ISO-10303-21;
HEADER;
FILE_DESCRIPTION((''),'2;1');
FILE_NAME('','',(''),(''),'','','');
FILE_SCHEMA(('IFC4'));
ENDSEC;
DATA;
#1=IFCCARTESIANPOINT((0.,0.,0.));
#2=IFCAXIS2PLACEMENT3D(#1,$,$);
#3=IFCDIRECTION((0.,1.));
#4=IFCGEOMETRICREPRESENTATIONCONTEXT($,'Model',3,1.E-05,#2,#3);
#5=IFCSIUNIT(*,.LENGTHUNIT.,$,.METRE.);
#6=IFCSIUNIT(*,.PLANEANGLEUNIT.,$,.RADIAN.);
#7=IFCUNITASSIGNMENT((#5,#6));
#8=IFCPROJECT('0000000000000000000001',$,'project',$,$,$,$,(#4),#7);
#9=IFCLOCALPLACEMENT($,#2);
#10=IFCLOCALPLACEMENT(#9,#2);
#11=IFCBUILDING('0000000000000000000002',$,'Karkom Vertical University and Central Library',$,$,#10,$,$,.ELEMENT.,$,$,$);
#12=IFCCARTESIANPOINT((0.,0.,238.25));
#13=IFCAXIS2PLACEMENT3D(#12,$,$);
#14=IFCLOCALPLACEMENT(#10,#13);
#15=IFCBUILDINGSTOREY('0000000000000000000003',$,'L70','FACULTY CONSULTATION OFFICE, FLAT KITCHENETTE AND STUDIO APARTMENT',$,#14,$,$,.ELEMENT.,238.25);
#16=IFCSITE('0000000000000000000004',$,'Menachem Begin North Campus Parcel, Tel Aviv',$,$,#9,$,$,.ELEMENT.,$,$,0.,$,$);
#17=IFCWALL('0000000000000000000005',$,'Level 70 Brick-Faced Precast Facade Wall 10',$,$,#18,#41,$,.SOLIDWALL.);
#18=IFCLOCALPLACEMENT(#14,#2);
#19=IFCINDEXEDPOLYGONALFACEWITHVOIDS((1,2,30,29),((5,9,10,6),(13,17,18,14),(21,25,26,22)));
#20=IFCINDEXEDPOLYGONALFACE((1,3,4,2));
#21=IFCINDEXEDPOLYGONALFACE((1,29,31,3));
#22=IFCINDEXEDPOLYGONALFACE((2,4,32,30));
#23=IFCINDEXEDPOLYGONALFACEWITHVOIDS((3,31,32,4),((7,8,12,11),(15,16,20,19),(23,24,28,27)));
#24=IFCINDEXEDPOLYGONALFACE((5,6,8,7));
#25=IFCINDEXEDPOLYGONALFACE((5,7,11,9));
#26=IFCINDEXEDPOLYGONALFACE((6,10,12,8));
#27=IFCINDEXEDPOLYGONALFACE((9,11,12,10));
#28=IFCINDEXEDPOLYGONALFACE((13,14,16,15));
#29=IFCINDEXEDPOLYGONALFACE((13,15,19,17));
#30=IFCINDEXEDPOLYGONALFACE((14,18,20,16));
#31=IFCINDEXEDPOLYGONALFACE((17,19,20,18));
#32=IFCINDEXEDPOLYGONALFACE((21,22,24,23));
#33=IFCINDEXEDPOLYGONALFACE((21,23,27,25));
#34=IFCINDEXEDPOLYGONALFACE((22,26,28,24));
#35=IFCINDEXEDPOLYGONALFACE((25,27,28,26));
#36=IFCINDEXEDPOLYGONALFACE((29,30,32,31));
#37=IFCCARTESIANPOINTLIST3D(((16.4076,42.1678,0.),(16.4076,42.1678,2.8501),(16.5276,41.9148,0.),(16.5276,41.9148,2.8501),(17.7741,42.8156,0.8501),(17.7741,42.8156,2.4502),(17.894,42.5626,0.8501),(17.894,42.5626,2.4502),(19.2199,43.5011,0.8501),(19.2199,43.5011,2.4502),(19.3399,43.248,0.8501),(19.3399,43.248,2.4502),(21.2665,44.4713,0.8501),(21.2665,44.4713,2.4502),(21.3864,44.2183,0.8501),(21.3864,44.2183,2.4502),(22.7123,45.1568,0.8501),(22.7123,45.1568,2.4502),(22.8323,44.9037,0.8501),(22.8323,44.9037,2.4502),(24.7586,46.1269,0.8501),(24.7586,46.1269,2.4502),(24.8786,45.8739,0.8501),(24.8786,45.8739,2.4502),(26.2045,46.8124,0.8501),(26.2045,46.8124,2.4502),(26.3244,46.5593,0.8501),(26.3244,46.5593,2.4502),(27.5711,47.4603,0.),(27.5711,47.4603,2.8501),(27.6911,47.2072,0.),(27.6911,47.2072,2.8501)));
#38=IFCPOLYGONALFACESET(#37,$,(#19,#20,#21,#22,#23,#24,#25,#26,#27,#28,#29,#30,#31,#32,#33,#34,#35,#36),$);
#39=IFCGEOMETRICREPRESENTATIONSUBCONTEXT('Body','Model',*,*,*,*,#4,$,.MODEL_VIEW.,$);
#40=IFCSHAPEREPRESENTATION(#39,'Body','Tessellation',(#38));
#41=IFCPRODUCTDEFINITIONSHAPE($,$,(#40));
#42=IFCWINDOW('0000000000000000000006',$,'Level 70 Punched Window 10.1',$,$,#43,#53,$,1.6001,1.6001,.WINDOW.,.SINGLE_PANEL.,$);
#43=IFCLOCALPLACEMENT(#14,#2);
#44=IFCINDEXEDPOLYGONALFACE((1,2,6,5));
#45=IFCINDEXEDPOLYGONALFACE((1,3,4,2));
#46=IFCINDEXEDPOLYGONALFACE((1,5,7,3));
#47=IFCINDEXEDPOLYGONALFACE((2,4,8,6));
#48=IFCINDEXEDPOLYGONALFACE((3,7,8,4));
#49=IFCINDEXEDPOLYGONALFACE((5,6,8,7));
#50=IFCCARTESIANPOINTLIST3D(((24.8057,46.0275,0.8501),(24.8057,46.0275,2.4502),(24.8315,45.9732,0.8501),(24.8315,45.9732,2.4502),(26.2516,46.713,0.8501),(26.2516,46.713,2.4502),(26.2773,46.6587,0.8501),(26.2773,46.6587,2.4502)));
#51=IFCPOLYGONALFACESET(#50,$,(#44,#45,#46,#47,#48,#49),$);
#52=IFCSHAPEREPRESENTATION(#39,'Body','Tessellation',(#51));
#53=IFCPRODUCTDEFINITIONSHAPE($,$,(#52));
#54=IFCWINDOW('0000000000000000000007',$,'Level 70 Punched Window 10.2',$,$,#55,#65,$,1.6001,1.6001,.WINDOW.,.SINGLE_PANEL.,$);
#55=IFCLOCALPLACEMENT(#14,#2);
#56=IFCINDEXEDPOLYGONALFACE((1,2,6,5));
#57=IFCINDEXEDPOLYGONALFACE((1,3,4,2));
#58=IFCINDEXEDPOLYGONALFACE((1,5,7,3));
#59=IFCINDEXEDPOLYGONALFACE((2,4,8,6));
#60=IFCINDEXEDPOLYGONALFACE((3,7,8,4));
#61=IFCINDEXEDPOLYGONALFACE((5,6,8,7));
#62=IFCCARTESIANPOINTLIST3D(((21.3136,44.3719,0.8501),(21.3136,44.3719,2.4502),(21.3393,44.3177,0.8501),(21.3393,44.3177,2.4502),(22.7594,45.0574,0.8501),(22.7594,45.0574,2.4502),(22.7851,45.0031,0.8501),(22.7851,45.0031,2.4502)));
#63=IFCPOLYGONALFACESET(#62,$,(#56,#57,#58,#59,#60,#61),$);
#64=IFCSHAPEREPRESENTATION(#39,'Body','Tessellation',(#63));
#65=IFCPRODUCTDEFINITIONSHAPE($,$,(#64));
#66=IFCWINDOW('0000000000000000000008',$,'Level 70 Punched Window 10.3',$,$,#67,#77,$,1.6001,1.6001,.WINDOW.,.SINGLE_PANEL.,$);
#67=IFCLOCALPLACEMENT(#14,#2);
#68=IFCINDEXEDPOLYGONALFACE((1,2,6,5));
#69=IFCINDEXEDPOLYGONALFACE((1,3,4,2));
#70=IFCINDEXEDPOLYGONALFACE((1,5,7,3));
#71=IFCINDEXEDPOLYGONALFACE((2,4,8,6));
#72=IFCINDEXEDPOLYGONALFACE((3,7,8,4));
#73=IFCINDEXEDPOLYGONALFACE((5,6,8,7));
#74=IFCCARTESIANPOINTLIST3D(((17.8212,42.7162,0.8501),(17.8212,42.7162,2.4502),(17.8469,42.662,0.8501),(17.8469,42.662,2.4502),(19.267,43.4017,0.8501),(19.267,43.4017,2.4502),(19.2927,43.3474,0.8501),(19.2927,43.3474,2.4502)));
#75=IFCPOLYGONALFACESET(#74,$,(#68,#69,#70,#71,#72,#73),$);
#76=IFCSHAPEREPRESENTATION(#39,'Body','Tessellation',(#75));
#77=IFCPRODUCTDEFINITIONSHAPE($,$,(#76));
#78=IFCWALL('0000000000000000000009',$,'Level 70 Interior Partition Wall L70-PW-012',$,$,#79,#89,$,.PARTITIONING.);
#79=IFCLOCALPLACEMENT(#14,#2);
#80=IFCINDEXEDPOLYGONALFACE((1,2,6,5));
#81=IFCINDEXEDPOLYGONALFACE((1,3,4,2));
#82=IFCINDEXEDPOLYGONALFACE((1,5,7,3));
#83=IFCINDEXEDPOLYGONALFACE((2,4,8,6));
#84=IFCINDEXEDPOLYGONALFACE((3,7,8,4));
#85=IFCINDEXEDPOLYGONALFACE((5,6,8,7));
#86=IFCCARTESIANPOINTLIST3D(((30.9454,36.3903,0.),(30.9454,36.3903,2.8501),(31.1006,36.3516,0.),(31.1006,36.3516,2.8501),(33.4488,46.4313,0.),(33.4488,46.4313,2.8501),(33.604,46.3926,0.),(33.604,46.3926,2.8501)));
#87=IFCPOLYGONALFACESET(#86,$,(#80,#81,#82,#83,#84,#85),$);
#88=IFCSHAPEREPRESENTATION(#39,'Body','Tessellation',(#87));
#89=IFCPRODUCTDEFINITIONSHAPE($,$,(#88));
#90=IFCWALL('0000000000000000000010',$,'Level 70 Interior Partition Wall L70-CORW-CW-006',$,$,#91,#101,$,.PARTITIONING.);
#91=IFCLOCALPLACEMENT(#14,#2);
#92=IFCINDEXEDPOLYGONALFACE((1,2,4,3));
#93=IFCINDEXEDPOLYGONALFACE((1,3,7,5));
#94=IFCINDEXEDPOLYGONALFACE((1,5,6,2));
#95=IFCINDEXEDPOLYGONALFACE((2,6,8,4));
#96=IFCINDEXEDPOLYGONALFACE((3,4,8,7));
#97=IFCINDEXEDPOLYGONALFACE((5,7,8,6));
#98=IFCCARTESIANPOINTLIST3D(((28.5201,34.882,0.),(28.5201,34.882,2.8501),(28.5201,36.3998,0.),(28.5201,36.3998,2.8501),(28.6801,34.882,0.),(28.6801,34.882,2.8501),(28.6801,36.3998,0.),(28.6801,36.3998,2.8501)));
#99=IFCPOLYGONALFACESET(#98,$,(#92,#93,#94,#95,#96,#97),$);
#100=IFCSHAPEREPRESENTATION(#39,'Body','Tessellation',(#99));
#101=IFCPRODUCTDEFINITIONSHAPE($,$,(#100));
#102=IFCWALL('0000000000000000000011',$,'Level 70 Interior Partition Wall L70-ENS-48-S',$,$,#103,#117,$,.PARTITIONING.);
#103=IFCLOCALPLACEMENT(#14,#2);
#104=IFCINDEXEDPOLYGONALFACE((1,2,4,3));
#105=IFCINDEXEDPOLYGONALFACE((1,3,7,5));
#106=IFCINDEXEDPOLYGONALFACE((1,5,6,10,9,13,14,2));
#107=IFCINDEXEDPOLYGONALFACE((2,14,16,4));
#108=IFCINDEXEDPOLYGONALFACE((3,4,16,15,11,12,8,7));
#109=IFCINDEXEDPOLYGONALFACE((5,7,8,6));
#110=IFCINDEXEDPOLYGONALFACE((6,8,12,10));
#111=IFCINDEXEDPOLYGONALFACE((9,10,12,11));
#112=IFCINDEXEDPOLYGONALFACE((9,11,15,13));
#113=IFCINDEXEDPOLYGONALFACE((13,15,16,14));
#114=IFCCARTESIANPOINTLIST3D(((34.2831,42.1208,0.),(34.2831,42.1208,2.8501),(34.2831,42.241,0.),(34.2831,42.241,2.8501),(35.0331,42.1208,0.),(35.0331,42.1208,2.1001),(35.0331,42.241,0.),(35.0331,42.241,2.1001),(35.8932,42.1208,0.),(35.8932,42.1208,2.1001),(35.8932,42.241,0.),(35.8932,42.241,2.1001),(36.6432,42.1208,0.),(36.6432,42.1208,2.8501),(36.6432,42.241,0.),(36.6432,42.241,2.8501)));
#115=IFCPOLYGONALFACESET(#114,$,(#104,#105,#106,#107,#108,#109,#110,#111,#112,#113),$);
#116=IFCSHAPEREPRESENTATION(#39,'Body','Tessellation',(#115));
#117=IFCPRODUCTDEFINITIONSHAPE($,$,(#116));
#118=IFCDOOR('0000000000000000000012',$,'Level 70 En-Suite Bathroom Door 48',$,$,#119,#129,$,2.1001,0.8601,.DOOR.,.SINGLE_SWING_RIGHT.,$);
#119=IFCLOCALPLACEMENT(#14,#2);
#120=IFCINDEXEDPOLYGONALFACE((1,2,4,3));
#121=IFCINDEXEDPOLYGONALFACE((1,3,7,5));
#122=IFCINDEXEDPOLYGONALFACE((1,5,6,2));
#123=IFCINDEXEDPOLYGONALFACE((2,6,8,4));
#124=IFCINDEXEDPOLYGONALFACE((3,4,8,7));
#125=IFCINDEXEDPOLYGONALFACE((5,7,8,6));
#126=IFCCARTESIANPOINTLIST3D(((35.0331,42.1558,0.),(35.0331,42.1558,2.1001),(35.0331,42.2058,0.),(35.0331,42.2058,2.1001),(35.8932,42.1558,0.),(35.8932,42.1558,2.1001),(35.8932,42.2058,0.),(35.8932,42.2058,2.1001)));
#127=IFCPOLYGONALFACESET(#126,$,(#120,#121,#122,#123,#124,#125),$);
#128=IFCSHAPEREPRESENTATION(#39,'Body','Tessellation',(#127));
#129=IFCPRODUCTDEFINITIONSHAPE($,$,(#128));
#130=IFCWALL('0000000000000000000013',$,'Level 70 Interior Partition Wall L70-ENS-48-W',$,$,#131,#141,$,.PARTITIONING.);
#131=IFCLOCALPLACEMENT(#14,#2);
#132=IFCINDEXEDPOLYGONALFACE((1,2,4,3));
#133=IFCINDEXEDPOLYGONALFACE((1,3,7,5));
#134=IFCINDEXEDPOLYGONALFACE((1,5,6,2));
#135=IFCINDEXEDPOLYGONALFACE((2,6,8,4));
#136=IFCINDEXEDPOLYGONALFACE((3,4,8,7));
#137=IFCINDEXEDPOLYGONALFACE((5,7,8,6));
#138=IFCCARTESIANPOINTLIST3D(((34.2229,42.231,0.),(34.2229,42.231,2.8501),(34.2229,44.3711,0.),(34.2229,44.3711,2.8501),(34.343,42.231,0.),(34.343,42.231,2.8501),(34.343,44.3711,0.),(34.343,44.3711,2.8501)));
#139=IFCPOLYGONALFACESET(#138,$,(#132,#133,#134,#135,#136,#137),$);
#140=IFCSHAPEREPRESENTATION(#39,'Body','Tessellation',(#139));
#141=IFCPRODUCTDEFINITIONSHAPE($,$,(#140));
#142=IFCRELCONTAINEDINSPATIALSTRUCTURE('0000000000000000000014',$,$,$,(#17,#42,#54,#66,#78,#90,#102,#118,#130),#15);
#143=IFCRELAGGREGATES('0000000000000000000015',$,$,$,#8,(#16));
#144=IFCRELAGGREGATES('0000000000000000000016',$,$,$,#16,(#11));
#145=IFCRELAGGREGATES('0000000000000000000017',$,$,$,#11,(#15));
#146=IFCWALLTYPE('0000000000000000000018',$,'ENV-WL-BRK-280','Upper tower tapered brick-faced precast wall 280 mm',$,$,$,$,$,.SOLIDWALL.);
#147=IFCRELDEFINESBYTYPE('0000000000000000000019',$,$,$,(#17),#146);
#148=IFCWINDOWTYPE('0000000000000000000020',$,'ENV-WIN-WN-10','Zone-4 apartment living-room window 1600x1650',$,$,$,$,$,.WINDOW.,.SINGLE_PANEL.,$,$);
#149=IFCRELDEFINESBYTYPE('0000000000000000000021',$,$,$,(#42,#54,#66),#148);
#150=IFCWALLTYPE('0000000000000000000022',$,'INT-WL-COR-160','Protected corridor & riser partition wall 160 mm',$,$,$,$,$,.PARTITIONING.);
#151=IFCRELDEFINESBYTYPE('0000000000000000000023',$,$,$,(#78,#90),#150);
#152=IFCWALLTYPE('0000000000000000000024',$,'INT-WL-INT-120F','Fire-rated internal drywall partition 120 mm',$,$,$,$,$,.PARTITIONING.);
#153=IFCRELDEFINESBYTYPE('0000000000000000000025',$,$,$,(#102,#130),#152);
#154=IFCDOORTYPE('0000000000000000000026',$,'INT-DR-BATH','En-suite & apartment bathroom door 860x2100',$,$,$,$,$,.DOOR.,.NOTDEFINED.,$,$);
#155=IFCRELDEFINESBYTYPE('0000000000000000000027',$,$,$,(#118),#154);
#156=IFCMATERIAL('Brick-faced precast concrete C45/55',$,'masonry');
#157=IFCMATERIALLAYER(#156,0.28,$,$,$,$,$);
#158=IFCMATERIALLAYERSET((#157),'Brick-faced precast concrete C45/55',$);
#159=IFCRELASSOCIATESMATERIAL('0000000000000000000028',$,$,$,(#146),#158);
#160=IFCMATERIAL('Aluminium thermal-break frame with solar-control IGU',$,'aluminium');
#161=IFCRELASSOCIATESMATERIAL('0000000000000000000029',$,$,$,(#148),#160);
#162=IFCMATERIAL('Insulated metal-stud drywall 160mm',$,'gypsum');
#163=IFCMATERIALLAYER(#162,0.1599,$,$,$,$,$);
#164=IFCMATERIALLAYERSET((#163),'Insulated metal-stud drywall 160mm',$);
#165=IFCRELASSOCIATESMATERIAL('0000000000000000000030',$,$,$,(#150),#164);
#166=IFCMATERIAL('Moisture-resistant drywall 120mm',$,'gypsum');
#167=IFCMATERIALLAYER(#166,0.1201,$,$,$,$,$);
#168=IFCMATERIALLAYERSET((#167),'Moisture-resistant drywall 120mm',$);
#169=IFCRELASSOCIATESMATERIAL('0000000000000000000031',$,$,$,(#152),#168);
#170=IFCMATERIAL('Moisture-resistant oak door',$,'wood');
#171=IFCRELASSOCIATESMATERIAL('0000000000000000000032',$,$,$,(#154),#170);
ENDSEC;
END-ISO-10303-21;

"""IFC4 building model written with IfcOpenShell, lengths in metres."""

from ifc_helpers import new_model, si_unit, direction, frame, frame_2d, origin, origin_with_axes, place, context, subcontext, project, spatial, rectangle, extrude, source, transform, mapped, material, layer, layer_set, type_object, element, fill, save


model = new_model("IFC4")

# Units and contexts
model_context = context("Model", 3, precision=1e-05, world=origin(), true_north=direction((0.0, 1.0)))
body_context = subcontext(model_context, "Body", "Model", "MODEL_VIEW")
ifc_project = project(units=[si_unit("LENGTHUNIT", "METRE"), si_unit("PLANEANGLEUNIT", "RADIAN")], contexts=[model_context])

# Site, building, storey
site_placement = place(None, origin())
site = spatial("IfcSite", under=ifc_project, at=site_placement, Name="Menachem Begin North Campus Parcel, Tel Aviv", CompositionType="ELEMENT", RefElevation=0.0)
building_placement = place(site_placement, origin())
building = spatial("IfcBuilding", under=site, at=building_placement, Name="Karkom Vertical University and Central Library", CompositionType="ELEMENT")
storey_placement = place(building_placement, frame((0.0, 0.0, 238.25)))
storey = spatial("IfcBuildingStorey", under=building, at=storey_placement, Name="L70", Description="FACULTY CONSULTATION OFFICE, FLAT KITCHENETTE AND STUDIO APARTMENT", CompositionType="ELEMENT", Elevation=238.25)

# Wall, openings, windows
ifc_material_1 = material(Name="Brick-faced precast concrete C45/55", Category="masonry")
ifc_layer_1 = layer(ifc_material_1, 0.28)
ifc_layer_set_1 = layer_set([ifc_layer_1], Name="Brick-faced precast concrete C45/55")
wall_type_1 = type_object("IfcWallType", Name="ENV-WL-BRK-280", Description="Upper tower tapered brick-faced precast wall 280 mm", PredefinedType="SOLIDWALL", material=ifc_layer_set_1)
wall_1_placement = place(storey_placement, frame((27.6311, 47.3337, 0.0), z_axis=(0.0, 0.0, 1.0), x_axis=(-0.903598, -0.428382, 0.0)))
wall_1 = element("IfcWall", 1, at=wall_1_placement, inside=storey, type_object=wall_type_1, Name="Level 70 Brick-Faced Precast Facade Wall 10", PredefinedType="SOLIDWALL", context=body_context, shape_type="SweptSolid", body=[
    extrude(rectangle(XDim=12.3545, YDim=0.28, at=frame_2d((6.1772, 0.0))), origin(), (0.0, 0.0, 1.0), 2.8501),
])
opening_1_placement = place(wall_1_placement, frame((1.5125, 0.0, 0.8501)))
opening_1 = element("IfcOpeningElement", 2, at=opening_1_placement, cuts=wall_1, PredefinedType="OPENING", context=body_context, shape_type="SweptSolid", body=[
    extrude(rectangle(XDim=1.6001, YDim=1.6001, at=frame_2d((0.8, 0.8))), frame((0.0, 0.1499, 0.0), z_axis=(0.0, -1.0, 0.0), x_axis=(1.0, 0.0, 0.0)), (0.0, 0.0, 1.0), 0.3),
])
opening_2_placement = place(wall_1_placement, frame((5.3772, 0.0, 0.8501)))
opening_2 = element("IfcOpeningElement", 3, at=opening_2_placement, cuts=wall_1, PredefinedType="OPENING", context=body_context, shape_type="SweptSolid", body=[
    extrude(rectangle(XDim=1.6001, YDim=1.6001, at=frame_2d((0.8, 0.8))), frame((0.0, 0.1499, 0.0), z_axis=(0.0, -1.0, 0.0), x_axis=(1.0, 0.0, 0.0)), (0.0, 0.0, 1.0), 0.3),
])
opening_3_placement = place(wall_1_placement, frame((9.2422, 0.0, 0.8501)))
opening_3 = element("IfcOpeningElement", 4, at=opening_3_placement, cuts=wall_1, PredefinedType="OPENING", context=body_context, shape_type="SweptSolid", body=[
    extrude(rectangle(XDim=1.6001, YDim=1.6001, at=frame_2d((0.8, 0.8))), frame((0.0, 0.1499, 0.0), z_axis=(0.0, -1.0, 0.0), x_axis=(1.0, 0.0, 0.0)), (0.0, 0.0, 1.0), 0.3),
])
ifc_material_2 = material(Name="Aluminium thermal-break frame with solar-control IGU", Category="aluminium")
window_type = type_object("IfcWindowType", Name="ENV-WIN-WN-10", Description="Zone-4 apartment living-room window 1600x1650", PartitioningType="SINGLE_PANEL", PredefinedType="WINDOW", material=ifc_material_2)
shared_shape_1 = source(origin_with_axes(), body_context, "Body", "SweptSolid", [
    extrude(rectangle(XDim=1.6001, YDim=1.6001, at=frame_2d((0.8, 0.8))), frame((0.0, 0.03, 0.0), z_axis=(0.0, -1.0, 0.0), x_axis=(1.0, 0.0, 0.0)), (0.0, 0.0, 1.0), 0.0601),
])
window_1_placement = place(opening_1_placement, origin())
window_1 = element("IfcWindow", 5, at=window_1_placement, inside=storey, type_object=window_type, Name="Level 70 Punched Window 10.1", OverallHeight=1.6001, OverallWidth=1.6001, PartitioningType="SINGLE_PANEL", PredefinedType="WINDOW", context=body_context, shape_type="MappedRepresentation", body=[
    mapped(shared_shape_1, transform((0.0, 0.0, 0.0), scale=1.0)),
])
fill(opening_1, window_1)
window_2_placement = place(opening_2_placement, origin())
window_2 = element("IfcWindow", 6, at=window_2_placement, inside=storey, type_object=window_type, Name="Level 70 Punched Window 10.2", OverallHeight=1.6001, OverallWidth=1.6001, PartitioningType="SINGLE_PANEL", PredefinedType="WINDOW", context=body_context, shape_type="MappedRepresentation", body=[
    mapped(shared_shape_1, transform((0.0, 0.0, 0.0), scale=1.0)),
])
fill(opening_2, window_2)
window_3_placement = place(opening_3_placement, origin())
window_3 = element("IfcWindow", 7, at=window_3_placement, inside=storey, type_object=window_type, Name="Level 70 Punched Window 10.3", OverallHeight=1.6001, OverallWidth=1.6001, PartitioningType="SINGLE_PANEL", PredefinedType="WINDOW", context=body_context, shape_type="MappedRepresentation", body=[
    mapped(shared_shape_1, transform((0.0, 0.0, 0.0), scale=1.0)),
])
fill(opening_3, window_3)

# Wall
ifc_material_3 = material(Name="Insulated metal-stud drywall 160mm", Category="gypsum")
ifc_layer_2 = layer(ifc_material_3, 0.1599)
ifc_layer_set_2 = layer_set([ifc_layer_2], Name="Insulated metal-stud drywall 160mm")
wall_type_2 = type_object("IfcWallType", Name="INT-WL-COR-160", Description="Protected corridor & riser partition wall 160 mm", PredefinedType="PARTITIONING", material=ifc_layer_set_2)
wall_2_placement = place(storey_placement, frame((31.0229, 36.3708, 0.0), z_axis=(0.0, 0.0, 1.0), x_axis=(0.241914, 0.970298, 0.0)))
element("IfcWall", 8, at=wall_2_placement, inside=storey, type_object=wall_type_2, Name="Level 70 Interior Partition Wall L70-PW-012", PredefinedType="PARTITIONING", context=body_context, shape_type="SweptSolid", body=[
    extrude(rectangle(XDim=10.3484, YDim=0.1599, at=frame_2d((5.1743, 0.0))), origin(), (0.0, 0.0, 1.0), 2.8501),
])

# Wall
wall_3_placement = place(storey_placement, frame((28.6001, 34.8821, 0.0), z_axis=(0.0, 0.0, 1.0), x_axis=(0.0, 1.0, 0.0)))
element("IfcWall", 9, at=wall_3_placement, inside=storey, type_object=wall_type_2, Name="Level 70 Interior Partition Wall L70-CORW-CW-006", PredefinedType="PARTITIONING", context=body_context, shape_type="SweptSolid", body=[
    extrude(rectangle(XDim=1.5178, YDim=0.1599, at=frame_2d((0.7588, 0.0))), origin(), (0.0, 0.0, 1.0), 2.8501),
])

# Wall, opening, door
ifc_material_4 = material(Name="Moisture-resistant drywall 120mm", Category="gypsum")
ifc_layer_3 = layer(ifc_material_4, 0.1201)
ifc_layer_set_3 = layer_set([ifc_layer_3], Name="Moisture-resistant drywall 120mm")
wall_type_3 = type_object("IfcWallType", Name="INT-WL-INT-120F", Description="Fire-rated internal drywall partition 120 mm", PredefinedType="PARTITIONING", material=ifc_layer_set_3)
wall_4_placement = place(storey_placement, frame((34.283, 42.1809, 0.0), z_axis=(0.0, 0.0, 1.0), x_axis=(1.0, 0.0, 0.0)))
wall_4 = element("IfcWall", 10, at=wall_4_placement, inside=storey, type_object=wall_type_3, Name="Level 70 Interior Partition Wall L70-ENS-48-S", PredefinedType="PARTITIONING", context=body_context, shape_type="SweptSolid", body=[
    extrude(rectangle(XDim=2.3601, YDim=0.1201, at=frame_2d((1.1802, 0.0))), origin(), (0.0, 0.0, 1.0), 2.8501),
])
opening_4_placement = place(wall_4_placement, frame((0.75, 0.0, 0.0)))
opening_4 = element("IfcOpeningElement", 11, at=opening_4_placement, cuts=wall_4, PredefinedType="OPENING", context=body_context, shape_type="SweptSolid", body=[
    extrude(rectangle(XDim=0.8601, YDim=2.1001, at=frame_2d((0.4302, 1.05))), frame((0.0, 0.0701, 0.0), z_axis=(0.0, -1.0, 0.0), x_axis=(1.0, 0.0, 0.0)), (0.0, 0.0, 1.0), 0.1401),
])
ifc_material_5 = material(Name="Moisture-resistant oak door", Category="wood")
door_type_1 = type_object("IfcDoorType", Name="INT-DR-BATH", Description="En-suite & apartment bathroom door 860x2100", OperationType="NOTDEFINED", PredefinedType="DOOR", material=ifc_material_5)
shared_shape_2 = source(origin_with_axes(), body_context, "Body", "SweptSolid", [
    extrude(rectangle(XDim=0.8601, YDim=2.1001, at=frame_2d((0.4302, 1.05))), frame((0.0, 0.0249, 0.0), z_axis=(0.0, -1.0, 0.0), x_axis=(1.0, 0.0, 0.0)), (0.0, 0.0, 1.0), 0.05),
])
door_1_placement = place(opening_4_placement, origin())
door_1 = element("IfcDoor", 12, at=door_1_placement, inside=storey, type_object=door_type_1, Name="Level 70 En-Suite Bathroom Door 48", OperationType="SINGLE_SWING_RIGHT", OverallHeight=2.1001, OverallWidth=0.8601, PredefinedType="DOOR", context=body_context, shape_type="MappedRepresentation", body=[
    mapped(shared_shape_2, transform((0.0, 0.0, 0.0), scale=1.0)),
])
fill(opening_4, door_1)

# Wall
wall_5_placement = place(storey_placement, frame((34.283, 44.3711, 0.0), z_axis=(0.0, 0.0, 1.0), x_axis=(0.0, -1.0, 0.0)))
element("IfcWall", 13, at=wall_5_placement, inside=storey, type_object=wall_type_3, Name="Level 70 Interior Partition Wall L70-ENS-48-W", PredefinedType="PARTITIONING", context=body_context, shape_type="SweptSolid", body=[
    extrude(rectangle(XDim=2.1401, YDim=0.1201, at=frame_2d((1.0701, 0.0))), origin(), (0.0, 0.0, 1.0), 2.8501),
])

save(model, "model.ifc")
